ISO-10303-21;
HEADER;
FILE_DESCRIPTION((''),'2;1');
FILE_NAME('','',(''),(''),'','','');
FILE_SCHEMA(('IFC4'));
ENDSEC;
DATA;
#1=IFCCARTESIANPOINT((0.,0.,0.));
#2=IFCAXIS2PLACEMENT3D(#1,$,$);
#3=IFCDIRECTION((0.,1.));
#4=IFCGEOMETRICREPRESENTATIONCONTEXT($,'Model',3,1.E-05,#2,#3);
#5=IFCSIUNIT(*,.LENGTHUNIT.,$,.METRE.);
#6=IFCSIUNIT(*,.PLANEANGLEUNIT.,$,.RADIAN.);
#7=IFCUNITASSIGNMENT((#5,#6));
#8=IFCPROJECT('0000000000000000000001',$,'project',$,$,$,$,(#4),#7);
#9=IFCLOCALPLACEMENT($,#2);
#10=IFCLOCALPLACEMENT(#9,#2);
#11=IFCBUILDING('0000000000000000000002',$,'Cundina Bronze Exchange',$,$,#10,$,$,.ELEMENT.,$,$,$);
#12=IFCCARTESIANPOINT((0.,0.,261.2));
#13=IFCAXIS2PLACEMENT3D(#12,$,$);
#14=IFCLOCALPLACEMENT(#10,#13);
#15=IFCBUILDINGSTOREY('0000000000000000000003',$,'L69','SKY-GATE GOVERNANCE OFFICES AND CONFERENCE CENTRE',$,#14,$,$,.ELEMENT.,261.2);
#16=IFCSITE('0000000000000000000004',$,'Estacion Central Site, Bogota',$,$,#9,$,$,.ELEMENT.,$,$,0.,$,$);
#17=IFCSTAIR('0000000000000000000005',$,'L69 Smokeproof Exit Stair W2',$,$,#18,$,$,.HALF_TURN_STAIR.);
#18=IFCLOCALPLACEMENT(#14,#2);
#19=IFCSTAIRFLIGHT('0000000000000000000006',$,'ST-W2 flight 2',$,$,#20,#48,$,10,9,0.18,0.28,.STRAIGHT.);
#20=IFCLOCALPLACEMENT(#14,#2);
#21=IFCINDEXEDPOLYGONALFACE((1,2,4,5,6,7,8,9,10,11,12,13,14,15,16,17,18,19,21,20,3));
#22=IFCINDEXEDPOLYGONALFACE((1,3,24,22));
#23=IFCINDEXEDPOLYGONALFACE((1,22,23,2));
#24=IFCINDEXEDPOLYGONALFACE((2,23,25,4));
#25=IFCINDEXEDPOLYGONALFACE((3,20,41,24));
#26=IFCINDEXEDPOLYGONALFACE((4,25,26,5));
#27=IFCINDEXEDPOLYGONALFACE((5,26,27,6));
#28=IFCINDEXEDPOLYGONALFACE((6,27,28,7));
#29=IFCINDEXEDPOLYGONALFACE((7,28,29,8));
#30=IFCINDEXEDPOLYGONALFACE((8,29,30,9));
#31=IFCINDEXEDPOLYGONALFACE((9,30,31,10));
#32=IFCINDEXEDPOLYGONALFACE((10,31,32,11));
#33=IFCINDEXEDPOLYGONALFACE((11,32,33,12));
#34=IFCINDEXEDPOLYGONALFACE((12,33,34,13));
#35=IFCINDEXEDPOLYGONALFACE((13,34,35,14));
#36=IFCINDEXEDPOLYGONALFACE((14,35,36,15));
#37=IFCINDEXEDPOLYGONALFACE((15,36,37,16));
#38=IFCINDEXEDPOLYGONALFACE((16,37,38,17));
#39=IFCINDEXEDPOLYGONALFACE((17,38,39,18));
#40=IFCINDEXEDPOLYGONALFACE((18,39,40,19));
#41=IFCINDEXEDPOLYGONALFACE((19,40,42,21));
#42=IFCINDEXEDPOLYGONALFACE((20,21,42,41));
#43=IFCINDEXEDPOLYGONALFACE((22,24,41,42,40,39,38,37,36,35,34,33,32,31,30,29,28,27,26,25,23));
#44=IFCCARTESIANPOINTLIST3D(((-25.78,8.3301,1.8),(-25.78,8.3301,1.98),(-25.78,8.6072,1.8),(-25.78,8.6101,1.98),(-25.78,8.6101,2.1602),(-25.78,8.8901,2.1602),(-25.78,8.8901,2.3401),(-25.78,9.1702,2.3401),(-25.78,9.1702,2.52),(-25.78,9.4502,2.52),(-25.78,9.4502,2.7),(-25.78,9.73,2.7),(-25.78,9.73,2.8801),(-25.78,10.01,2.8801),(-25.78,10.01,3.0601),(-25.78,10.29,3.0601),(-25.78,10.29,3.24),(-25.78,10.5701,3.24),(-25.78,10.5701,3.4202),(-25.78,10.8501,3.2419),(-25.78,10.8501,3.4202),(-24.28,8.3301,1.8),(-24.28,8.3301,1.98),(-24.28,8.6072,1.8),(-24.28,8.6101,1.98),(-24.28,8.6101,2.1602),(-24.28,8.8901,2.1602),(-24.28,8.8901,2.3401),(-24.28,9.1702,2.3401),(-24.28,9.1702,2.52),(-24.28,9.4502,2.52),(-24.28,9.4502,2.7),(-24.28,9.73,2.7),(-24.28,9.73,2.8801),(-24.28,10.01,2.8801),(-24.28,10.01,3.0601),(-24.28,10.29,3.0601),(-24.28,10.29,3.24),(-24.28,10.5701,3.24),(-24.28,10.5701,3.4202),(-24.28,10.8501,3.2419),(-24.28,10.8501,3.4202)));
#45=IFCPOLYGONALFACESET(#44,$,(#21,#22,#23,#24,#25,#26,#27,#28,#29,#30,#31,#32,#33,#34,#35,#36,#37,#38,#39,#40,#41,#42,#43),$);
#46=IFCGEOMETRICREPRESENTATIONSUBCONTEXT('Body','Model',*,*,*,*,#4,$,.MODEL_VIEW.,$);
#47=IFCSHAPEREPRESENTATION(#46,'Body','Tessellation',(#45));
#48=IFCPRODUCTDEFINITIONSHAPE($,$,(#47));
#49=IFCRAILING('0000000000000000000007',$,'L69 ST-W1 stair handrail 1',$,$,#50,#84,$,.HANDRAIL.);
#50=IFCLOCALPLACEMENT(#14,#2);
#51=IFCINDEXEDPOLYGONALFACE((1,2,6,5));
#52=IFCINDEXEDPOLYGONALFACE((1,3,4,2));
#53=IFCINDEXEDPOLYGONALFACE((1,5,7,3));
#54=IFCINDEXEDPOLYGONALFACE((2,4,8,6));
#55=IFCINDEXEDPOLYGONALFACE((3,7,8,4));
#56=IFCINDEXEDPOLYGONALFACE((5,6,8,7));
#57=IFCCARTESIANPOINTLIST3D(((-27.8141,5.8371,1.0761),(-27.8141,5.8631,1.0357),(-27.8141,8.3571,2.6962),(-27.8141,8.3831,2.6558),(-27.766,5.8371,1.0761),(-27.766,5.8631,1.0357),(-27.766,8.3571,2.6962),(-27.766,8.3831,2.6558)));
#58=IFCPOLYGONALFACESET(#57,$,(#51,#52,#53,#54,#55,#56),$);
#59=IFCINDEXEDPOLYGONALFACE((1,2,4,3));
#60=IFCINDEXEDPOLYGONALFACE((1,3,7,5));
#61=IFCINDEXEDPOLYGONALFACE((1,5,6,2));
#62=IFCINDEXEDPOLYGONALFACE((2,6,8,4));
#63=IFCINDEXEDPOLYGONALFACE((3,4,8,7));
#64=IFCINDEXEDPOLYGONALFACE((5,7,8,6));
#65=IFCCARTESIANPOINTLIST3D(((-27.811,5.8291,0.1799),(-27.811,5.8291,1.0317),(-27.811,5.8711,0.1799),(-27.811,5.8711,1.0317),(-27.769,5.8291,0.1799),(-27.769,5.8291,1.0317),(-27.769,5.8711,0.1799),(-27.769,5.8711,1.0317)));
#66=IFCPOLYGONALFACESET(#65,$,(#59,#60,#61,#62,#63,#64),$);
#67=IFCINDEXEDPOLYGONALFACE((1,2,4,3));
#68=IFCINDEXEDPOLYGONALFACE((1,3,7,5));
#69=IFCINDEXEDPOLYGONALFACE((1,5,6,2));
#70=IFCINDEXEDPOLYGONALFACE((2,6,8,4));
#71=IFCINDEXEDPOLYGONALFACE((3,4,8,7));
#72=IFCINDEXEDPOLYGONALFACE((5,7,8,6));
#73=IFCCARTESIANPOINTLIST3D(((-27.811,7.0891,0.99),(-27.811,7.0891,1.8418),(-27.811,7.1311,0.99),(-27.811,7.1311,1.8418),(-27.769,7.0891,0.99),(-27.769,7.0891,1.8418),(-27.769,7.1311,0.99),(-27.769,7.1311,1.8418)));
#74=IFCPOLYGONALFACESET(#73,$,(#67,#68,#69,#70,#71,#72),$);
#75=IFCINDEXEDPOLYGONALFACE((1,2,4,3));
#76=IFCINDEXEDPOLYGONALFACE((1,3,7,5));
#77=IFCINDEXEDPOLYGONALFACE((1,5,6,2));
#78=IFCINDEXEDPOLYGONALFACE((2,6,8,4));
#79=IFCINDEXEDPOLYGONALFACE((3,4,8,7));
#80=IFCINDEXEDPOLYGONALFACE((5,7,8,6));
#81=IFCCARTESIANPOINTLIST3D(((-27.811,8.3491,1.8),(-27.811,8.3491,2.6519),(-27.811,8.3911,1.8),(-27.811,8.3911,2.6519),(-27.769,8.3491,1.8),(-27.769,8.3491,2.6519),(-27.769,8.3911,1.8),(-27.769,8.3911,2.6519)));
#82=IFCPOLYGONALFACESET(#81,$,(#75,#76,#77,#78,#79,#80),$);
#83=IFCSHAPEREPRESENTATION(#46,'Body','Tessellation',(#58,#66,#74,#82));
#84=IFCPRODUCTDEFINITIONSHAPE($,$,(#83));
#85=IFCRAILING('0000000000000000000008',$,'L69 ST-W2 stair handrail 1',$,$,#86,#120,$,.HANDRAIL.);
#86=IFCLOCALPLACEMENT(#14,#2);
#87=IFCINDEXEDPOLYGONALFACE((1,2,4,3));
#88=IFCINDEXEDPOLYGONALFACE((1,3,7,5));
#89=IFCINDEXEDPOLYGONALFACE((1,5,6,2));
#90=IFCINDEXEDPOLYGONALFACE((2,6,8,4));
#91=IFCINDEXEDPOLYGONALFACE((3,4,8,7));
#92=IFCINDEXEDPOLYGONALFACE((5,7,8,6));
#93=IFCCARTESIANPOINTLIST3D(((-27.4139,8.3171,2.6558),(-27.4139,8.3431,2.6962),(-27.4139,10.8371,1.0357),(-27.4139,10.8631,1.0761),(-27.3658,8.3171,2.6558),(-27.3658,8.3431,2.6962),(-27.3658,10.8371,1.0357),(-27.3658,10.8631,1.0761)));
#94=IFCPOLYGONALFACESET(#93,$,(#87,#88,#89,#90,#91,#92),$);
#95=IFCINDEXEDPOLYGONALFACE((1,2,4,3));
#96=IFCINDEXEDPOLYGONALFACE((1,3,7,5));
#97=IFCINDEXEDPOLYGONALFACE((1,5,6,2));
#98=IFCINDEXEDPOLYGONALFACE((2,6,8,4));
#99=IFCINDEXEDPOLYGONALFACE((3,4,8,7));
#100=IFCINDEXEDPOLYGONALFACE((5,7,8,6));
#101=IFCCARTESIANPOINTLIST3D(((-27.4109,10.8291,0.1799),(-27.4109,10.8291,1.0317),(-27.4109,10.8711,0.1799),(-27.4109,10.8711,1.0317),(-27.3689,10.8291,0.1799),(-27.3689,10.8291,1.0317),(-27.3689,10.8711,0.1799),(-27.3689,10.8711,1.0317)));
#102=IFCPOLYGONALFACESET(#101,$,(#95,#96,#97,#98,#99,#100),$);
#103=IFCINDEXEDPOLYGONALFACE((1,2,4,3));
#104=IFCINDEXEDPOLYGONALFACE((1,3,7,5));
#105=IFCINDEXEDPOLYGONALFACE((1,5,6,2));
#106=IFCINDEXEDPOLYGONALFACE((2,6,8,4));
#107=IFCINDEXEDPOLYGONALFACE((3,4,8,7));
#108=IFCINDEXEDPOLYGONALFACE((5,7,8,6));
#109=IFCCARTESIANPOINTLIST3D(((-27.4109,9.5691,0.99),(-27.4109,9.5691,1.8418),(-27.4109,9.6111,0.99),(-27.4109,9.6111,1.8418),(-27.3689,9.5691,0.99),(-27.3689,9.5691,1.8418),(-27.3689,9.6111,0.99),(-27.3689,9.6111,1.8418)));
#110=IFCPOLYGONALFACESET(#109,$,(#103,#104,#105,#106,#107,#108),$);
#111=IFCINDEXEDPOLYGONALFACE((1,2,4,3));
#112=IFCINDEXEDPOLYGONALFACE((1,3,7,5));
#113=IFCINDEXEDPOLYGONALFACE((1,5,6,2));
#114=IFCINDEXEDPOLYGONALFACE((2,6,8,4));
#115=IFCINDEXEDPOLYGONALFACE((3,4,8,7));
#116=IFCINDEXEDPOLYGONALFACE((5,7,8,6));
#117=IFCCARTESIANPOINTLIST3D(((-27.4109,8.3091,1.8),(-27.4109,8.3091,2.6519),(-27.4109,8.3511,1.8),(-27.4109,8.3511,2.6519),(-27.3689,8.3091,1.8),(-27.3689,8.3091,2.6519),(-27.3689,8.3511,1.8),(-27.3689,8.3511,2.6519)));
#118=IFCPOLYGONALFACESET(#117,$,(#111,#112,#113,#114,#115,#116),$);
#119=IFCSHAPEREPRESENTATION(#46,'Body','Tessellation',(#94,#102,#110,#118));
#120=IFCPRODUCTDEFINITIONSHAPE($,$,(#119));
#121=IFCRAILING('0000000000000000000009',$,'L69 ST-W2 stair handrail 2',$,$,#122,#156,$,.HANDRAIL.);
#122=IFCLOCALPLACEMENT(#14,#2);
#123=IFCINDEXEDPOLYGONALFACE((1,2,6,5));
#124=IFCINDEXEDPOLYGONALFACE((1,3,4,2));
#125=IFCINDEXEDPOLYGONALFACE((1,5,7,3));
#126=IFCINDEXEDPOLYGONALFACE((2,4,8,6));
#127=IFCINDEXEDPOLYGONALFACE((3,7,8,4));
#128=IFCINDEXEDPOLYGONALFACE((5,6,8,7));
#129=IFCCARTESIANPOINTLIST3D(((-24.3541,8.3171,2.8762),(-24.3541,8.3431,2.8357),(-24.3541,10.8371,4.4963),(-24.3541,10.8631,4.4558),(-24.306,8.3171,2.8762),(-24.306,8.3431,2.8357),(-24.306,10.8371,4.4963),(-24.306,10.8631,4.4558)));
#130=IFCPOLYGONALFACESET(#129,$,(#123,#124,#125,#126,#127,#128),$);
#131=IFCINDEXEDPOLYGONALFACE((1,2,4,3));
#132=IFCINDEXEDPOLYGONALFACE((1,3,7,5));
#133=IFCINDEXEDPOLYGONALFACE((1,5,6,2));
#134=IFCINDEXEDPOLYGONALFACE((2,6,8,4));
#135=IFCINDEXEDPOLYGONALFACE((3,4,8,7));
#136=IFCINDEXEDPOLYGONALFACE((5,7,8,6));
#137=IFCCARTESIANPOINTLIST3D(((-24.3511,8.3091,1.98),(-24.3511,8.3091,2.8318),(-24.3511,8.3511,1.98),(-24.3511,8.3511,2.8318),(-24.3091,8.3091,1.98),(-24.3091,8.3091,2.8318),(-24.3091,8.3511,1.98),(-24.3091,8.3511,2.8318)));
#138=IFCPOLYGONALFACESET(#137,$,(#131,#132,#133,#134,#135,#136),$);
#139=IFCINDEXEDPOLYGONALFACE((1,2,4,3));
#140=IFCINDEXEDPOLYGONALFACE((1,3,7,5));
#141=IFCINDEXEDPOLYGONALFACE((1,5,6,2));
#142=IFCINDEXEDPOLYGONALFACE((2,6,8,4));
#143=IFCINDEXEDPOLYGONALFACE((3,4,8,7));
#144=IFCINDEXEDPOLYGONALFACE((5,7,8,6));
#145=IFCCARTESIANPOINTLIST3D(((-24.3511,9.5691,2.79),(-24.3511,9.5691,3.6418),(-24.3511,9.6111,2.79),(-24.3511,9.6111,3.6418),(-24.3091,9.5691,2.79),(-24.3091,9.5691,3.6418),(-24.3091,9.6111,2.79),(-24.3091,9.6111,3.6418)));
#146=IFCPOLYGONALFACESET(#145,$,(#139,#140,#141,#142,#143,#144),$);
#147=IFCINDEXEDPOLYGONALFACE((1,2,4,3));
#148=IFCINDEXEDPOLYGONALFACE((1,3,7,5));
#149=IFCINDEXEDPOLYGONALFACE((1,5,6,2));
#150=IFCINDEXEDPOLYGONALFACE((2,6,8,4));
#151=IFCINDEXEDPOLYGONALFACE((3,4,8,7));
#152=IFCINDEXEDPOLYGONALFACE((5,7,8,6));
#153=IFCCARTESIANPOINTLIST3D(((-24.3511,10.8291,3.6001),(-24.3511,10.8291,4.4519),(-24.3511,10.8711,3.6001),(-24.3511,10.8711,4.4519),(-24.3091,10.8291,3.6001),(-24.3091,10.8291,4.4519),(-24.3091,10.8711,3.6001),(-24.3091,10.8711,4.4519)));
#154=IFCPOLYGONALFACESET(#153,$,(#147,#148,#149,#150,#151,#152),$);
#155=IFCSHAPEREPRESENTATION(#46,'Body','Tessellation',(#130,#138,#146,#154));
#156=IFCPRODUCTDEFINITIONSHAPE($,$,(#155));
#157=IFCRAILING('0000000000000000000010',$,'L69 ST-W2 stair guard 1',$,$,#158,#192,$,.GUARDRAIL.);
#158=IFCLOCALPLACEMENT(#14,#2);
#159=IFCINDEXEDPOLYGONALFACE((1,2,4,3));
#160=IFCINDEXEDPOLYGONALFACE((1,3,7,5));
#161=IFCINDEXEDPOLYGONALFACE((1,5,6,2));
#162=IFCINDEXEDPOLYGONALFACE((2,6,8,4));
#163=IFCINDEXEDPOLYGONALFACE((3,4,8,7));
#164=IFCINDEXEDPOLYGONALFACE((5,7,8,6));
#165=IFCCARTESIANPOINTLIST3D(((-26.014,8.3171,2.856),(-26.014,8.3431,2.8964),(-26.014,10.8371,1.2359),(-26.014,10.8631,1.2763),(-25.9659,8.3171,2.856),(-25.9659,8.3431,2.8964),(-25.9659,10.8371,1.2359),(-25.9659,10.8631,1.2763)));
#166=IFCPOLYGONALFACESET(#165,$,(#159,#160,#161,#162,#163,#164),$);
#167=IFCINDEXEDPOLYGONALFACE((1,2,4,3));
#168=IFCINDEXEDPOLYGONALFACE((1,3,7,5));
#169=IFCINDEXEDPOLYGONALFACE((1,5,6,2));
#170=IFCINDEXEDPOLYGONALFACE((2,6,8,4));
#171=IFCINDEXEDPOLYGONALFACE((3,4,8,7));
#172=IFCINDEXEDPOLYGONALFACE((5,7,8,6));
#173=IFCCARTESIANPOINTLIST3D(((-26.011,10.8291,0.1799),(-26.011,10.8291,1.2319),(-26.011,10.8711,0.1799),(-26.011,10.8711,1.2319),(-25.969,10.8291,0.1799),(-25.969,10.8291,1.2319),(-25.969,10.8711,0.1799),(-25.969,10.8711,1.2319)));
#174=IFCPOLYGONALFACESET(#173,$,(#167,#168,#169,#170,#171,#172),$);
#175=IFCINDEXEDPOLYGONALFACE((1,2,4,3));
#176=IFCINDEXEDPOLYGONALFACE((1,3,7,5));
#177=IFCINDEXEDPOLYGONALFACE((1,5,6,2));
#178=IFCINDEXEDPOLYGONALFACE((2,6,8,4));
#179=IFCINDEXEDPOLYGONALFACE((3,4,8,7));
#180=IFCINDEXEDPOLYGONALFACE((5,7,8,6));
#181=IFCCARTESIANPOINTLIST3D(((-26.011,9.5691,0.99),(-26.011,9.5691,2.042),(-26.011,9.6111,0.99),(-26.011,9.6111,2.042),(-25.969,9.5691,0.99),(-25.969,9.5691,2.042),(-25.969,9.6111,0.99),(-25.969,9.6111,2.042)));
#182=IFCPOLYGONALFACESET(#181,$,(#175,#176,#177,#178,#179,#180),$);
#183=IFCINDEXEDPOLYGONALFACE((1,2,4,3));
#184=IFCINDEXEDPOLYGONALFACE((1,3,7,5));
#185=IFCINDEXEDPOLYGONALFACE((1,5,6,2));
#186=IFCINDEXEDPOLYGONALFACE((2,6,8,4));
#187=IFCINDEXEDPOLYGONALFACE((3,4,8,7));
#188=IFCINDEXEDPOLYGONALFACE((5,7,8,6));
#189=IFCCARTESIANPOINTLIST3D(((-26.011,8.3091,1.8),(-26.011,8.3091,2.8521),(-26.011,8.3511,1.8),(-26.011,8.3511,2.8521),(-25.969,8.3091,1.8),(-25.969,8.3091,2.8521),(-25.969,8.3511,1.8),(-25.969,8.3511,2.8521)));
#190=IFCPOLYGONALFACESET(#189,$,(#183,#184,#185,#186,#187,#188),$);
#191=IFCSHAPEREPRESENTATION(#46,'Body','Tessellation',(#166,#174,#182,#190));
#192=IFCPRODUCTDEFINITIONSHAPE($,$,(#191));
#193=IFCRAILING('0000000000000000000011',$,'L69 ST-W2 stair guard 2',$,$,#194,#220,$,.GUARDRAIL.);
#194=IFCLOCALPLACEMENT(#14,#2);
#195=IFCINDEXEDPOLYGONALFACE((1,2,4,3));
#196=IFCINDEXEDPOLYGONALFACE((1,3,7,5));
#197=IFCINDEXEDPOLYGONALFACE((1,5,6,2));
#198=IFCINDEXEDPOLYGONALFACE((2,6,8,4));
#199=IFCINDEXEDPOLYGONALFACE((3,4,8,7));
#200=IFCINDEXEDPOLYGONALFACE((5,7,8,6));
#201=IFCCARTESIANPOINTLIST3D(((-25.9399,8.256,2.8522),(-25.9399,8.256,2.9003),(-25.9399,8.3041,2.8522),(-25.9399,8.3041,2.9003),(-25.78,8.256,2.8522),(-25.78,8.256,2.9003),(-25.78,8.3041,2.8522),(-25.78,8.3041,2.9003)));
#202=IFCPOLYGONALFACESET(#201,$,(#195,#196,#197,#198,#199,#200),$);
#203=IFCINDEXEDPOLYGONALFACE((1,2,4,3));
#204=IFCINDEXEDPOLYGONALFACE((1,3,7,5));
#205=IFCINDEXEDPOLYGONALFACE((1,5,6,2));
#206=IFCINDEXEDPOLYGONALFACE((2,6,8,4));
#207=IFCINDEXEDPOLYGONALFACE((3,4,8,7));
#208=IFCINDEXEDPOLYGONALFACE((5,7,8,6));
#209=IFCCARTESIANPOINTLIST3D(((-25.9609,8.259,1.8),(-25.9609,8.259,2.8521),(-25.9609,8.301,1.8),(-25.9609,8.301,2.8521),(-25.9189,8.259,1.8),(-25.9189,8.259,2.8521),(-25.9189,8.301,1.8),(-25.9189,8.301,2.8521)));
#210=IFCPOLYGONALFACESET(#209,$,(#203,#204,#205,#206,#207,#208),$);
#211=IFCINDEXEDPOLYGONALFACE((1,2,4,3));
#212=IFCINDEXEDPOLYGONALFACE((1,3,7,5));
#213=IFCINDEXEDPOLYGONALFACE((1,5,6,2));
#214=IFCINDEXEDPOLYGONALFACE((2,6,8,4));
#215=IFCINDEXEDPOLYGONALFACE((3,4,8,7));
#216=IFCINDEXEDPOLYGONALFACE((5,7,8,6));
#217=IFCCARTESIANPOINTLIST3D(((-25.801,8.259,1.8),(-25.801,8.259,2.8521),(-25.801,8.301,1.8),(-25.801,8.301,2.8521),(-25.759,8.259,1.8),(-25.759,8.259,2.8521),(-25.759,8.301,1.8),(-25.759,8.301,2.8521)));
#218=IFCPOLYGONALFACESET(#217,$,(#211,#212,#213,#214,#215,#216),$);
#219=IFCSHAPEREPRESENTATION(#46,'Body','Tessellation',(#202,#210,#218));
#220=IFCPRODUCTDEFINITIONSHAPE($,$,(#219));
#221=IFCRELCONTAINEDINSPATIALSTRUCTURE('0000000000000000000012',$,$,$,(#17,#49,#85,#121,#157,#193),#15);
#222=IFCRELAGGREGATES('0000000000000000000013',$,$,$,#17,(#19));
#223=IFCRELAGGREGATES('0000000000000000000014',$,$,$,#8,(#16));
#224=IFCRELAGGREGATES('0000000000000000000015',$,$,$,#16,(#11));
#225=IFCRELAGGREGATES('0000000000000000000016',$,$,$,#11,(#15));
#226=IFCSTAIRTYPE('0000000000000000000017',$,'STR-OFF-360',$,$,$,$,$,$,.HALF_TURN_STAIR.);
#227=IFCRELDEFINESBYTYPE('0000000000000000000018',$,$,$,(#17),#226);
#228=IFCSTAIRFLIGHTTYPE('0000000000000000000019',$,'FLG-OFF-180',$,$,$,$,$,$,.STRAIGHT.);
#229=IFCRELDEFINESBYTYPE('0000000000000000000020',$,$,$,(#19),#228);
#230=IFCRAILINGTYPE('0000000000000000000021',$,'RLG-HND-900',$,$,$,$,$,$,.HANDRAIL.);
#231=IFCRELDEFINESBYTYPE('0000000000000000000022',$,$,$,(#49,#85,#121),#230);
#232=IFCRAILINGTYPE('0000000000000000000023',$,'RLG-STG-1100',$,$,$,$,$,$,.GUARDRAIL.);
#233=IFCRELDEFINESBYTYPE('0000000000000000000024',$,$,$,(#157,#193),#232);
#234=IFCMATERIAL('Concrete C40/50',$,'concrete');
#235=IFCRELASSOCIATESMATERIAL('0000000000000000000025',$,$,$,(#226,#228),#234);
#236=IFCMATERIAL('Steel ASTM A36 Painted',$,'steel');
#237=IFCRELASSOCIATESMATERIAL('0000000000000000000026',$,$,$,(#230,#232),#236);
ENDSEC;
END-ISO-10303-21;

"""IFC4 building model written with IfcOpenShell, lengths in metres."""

from ifc_helpers import new_model, si_unit, direction, frame, origin, origin_2d, place, context, subcontext, project, spatial, polyline, rectangle, outline, extrude, material, type_object, element, aggregate, save


model = new_model("IFC4")

# Units and contexts
model_context = context("Model", 3, precision=1e-05, world=origin(), true_north=direction((0.0, 1.0)))
body_context = subcontext(model_context, "Body", "Model", "MODEL_VIEW")
ifc_project = project(units=[si_unit("LENGTHUNIT", "METRE"), si_unit("PLANEANGLEUNIT", "RADIAN")], contexts=[model_context])

# Site, building, storey
site_placement = place(None, origin())
site = spatial("IfcSite", under=ifc_project, at=site_placement, Name="Estacion Central Site, Bogota", CompositionType="ELEMENT", RefElevation=0.0)
building_placement = place(site_placement, origin())
building = spatial("IfcBuilding", under=site, at=building_placement, Name="Cundina Bronze Exchange", CompositionType="ELEMENT")
storey_placement = place(building_placement, frame((0.0, 0.0, 261.2)))
storey = spatial("IfcBuildingStorey", under=building, at=storey_placement, Name="L69", Description="SKY-GATE GOVERNANCE OFFICES AND CONFERENCE CENTRE", CompositionType="ELEMENT", Elevation=261.2)

# Shared definitions
ifc_material_1 = material(Name="Steel ASTM A36 Painted", Category="steel")

# Shared definitions
ifc_material_2 = material(Name="Concrete C40/50", Category="concrete")
stair_type = type_object("IfcStairType", Name="STR-OFF-360", PredefinedType="HALF_TURN_STAIR", material=ifc_material_2)
stair_flight_type = type_object("IfcStairFlightType", Name="FLG-OFF-180", PredefinedType="STRAIGHT", material=ifc_material_2)

# Stair, stair flight
stair_1_placement = place(storey_placement, origin())
stair_1 = element("IfcStair", 1, at=stair_1_placement, inside=storey, type_object=stair_type, Name="L69 Smokeproof Exit Stair W2", PredefinedType="HALF_TURN_STAIR")
stair_flight_1_placement = place(storey_placement, frame((-25.03, 8.3301, 1.8), z_axis=(0.0, 0.0, 1.0), x_axis=(0.0, 1.0, 0.0)))
stair_flight_1 = element("IfcStairFlight", 2, at=stair_flight_1_placement, type_object=stair_flight_type, Name="ST-W2 flight 2", NumberOfRisers=10, NumberOfTreads=9, PredefinedType="STRAIGHT", RiserHeight=0.18, TreadLength=0.28, context=body_context, shape_type="SweptSolid", body=[
    extrude(outline(polyline([(0.0, 0.0), (0.0, 0.1799), (0.28, 0.1799), (0.28, 0.3601), (0.5601, 0.3601), (0.5601, 0.54), (0.8401, 0.54), (0.8401, 0.72), (1.1201, 0.72), (1.1201, 0.8999), (1.3999, 0.8999), (1.3999, 1.0801), (1.6799, 1.0801), (1.6799, 1.26), (1.96, 1.26), (1.96, 1.4399), (2.24, 1.4399), (2.24, 1.6201), (2.52, 1.6201), (2.52, 1.8), (2.52, 1.4419), (0.2771, 0.0), (0.0, 0.0)])), frame((0.0, 0.75, 0.0), z_axis=(0.0, -1.0, 0.0), x_axis=(1.0, 0.0, 0.0)), (0.0, 0.0, 1.0), 1.5),
])
aggregate(stair_1, [stair_flight_1])

# Railings
railing_type_1 = type_object("IfcRailingType", Name="RLG-HND-900", PredefinedType="HANDRAIL", material=ifc_material_1)
railing_1_placement = place(storey_placement, frame((-27.79, 5.8501, 0.1799)))
element("IfcRailing", 3, at=railing_1_placement, inside=storey, type_object=railing_type_1, Name="L69 ST-W1 stair handrail 1", PredefinedType="HANDRAIL", context=body_context, shape_type="SweptSolid", body=[
    extrude(rectangle(XDim=0.0481, YDim=0.0481, at=origin_2d()), frame((0.0, 0.0, 0.876), z_axis=(0.0, 0.841163, 0.540782), x_axis=(-1.0, 0.0, 0.0)), (0.0, 0.0, 1.0), 2.9958),
    extrude(rectangle(XDim=0.042, YDim=0.042, at=origin_2d()), origin(), (0.0, 0.0, 1.0), 0.8518),
    extrude(rectangle(XDim=0.042, YDim=0.042, at=origin_2d()), frame((0.0, 1.26, 0.8101)), (0.0, 0.0, 1.0), 0.8518),
    extrude(rectangle(XDim=0.042, YDim=0.042, at=origin_2d()), frame((0.0, 2.52, 1.6201)), (0.0, 0.0, 1.0), 0.8518),
])
railing_2_placement = place(storey_placement, frame((-27.3899, 10.8501, 0.1799)))
element("IfcRailing", 4, at=railing_2_placement, inside=storey, type_object=railing_type_1, Name="L69 ST-W2 stair handrail 1", PredefinedType="HANDRAIL", context=body_context, shape_type="SweptSolid", body=[
    extrude(rectangle(XDim=0.0481, YDim=0.0481, at=origin_2d()), frame((0.0, 0.0, 0.876), z_axis=(0.0, -0.841163, 0.540782), x_axis=(1.0, 0.0, 0.0)), (0.0, 0.0, 1.0), 2.9958),
    extrude(rectangle(XDim=0.042, YDim=0.042, at=origin_2d()), origin(), (0.0, 0.0, 1.0), 0.8518),
    extrude(rectangle(XDim=0.042, YDim=0.042, at=origin_2d()), frame((0.0, -1.26, 0.8101)), (0.0, 0.0, 1.0), 0.8518),
    extrude(rectangle(XDim=0.042, YDim=0.042, at=origin_2d()), frame((0.0, -2.52, 1.6201)), (0.0, 0.0, 1.0), 0.8518),
])
railing_3_placement = place(storey_placement, frame((-24.3301, 8.3301, 1.98)))
element("IfcRailing", 5, at=railing_3_placement, inside=storey, type_object=railing_type_1, Name="L69 ST-W2 stair handrail 2", PredefinedType="HANDRAIL", context=body_context, shape_type="SweptSolid", body=[
    extrude(rectangle(XDim=0.0481, YDim=0.0481, at=origin_2d()), frame((0.0, 0.0, 0.876), z_axis=(0.0, 0.841163, 0.540782), x_axis=(-1.0, 0.0, 0.0)), (0.0, 0.0, 1.0), 2.9958),
    extrude(rectangle(XDim=0.042, YDim=0.042, at=origin_2d()), origin(), (0.0, 0.0, 1.0), 0.8518),
    extrude(rectangle(XDim=0.042, YDim=0.042, at=origin_2d()), frame((0.0, 1.26, 0.8101)), (0.0, 0.0, 1.0), 0.8518),
    extrude(rectangle(XDim=0.042, YDim=0.042, at=origin_2d()), frame((0.0, 2.52, 1.6201)), (0.0, 0.0, 1.0), 0.8518),
])
railing_type_2 = type_object("IfcRailingType", Name="RLG-STG-1100", PredefinedType="GUARDRAIL", material=ifc_material_1)
railing_4_placement = place(storey_placement, frame((-25.99, 10.8501, 0.1799)))
element("IfcRailing", 6, at=railing_4_placement, inside=storey, type_object=railing_type_2, Name="L69 ST-W2 stair guard 1", PredefinedType="GUARDRAIL", context=body_context, shape_type="SweptSolid", body=[
    extrude(rectangle(XDim=0.0481, YDim=0.0481, at=origin_2d()), frame((0.0, 0.0, 1.0762), z_axis=(0.0, -0.841163, 0.540782), x_axis=(1.0, 0.0, 0.0)), (0.0, 0.0, 1.0), 2.9958),
    extrude(rectangle(XDim=0.042, YDim=0.042, at=origin_2d()), origin(), (0.0, 0.0, 1.0), 1.052),
    extrude(rectangle(XDim=0.042, YDim=0.042, at=origin_2d()), frame((0.0, -1.26, 0.8101)), (0.0, 0.0, 1.0), 1.052),
    extrude(rectangle(XDim=0.042, YDim=0.042, at=origin_2d()), frame((0.0, -2.52, 1.6201)), (0.0, 0.0, 1.0), 1.052),
])
railing_5_placement = place(storey_placement, frame((-25.9399, 8.28, 1.8)))
element("IfcRailing", 7, at=railing_5_placement, inside=storey, type_object=railing_type_2, Name="L69 ST-W2 stair guard 2", PredefinedType="GUARDRAIL", context=body_context, shape_type="SweptSolid", body=[
    extrude(rectangle(XDim=0.0481, YDim=0.0481, at=origin_2d()), frame((0.0, 0.0, 1.0762), z_axis=(1.0, 0.0, 0.0), x_axis=(0.0, 1.0, 0.0)), (0.0, 0.0, 1.0), 0.1599),
    extrude(rectangle(XDim=0.042, YDim=0.042, at=origin_2d()), origin(), (0.0, 0.0, 1.0), 1.052),
    extrude(rectangle(XDim=0.042, YDim=0.042, at=origin_2d()), frame((0.1599, 0.0, 0.0)), (0.0, 0.0, 1.0), 1.052),
])

save(model, "model.ifc")
